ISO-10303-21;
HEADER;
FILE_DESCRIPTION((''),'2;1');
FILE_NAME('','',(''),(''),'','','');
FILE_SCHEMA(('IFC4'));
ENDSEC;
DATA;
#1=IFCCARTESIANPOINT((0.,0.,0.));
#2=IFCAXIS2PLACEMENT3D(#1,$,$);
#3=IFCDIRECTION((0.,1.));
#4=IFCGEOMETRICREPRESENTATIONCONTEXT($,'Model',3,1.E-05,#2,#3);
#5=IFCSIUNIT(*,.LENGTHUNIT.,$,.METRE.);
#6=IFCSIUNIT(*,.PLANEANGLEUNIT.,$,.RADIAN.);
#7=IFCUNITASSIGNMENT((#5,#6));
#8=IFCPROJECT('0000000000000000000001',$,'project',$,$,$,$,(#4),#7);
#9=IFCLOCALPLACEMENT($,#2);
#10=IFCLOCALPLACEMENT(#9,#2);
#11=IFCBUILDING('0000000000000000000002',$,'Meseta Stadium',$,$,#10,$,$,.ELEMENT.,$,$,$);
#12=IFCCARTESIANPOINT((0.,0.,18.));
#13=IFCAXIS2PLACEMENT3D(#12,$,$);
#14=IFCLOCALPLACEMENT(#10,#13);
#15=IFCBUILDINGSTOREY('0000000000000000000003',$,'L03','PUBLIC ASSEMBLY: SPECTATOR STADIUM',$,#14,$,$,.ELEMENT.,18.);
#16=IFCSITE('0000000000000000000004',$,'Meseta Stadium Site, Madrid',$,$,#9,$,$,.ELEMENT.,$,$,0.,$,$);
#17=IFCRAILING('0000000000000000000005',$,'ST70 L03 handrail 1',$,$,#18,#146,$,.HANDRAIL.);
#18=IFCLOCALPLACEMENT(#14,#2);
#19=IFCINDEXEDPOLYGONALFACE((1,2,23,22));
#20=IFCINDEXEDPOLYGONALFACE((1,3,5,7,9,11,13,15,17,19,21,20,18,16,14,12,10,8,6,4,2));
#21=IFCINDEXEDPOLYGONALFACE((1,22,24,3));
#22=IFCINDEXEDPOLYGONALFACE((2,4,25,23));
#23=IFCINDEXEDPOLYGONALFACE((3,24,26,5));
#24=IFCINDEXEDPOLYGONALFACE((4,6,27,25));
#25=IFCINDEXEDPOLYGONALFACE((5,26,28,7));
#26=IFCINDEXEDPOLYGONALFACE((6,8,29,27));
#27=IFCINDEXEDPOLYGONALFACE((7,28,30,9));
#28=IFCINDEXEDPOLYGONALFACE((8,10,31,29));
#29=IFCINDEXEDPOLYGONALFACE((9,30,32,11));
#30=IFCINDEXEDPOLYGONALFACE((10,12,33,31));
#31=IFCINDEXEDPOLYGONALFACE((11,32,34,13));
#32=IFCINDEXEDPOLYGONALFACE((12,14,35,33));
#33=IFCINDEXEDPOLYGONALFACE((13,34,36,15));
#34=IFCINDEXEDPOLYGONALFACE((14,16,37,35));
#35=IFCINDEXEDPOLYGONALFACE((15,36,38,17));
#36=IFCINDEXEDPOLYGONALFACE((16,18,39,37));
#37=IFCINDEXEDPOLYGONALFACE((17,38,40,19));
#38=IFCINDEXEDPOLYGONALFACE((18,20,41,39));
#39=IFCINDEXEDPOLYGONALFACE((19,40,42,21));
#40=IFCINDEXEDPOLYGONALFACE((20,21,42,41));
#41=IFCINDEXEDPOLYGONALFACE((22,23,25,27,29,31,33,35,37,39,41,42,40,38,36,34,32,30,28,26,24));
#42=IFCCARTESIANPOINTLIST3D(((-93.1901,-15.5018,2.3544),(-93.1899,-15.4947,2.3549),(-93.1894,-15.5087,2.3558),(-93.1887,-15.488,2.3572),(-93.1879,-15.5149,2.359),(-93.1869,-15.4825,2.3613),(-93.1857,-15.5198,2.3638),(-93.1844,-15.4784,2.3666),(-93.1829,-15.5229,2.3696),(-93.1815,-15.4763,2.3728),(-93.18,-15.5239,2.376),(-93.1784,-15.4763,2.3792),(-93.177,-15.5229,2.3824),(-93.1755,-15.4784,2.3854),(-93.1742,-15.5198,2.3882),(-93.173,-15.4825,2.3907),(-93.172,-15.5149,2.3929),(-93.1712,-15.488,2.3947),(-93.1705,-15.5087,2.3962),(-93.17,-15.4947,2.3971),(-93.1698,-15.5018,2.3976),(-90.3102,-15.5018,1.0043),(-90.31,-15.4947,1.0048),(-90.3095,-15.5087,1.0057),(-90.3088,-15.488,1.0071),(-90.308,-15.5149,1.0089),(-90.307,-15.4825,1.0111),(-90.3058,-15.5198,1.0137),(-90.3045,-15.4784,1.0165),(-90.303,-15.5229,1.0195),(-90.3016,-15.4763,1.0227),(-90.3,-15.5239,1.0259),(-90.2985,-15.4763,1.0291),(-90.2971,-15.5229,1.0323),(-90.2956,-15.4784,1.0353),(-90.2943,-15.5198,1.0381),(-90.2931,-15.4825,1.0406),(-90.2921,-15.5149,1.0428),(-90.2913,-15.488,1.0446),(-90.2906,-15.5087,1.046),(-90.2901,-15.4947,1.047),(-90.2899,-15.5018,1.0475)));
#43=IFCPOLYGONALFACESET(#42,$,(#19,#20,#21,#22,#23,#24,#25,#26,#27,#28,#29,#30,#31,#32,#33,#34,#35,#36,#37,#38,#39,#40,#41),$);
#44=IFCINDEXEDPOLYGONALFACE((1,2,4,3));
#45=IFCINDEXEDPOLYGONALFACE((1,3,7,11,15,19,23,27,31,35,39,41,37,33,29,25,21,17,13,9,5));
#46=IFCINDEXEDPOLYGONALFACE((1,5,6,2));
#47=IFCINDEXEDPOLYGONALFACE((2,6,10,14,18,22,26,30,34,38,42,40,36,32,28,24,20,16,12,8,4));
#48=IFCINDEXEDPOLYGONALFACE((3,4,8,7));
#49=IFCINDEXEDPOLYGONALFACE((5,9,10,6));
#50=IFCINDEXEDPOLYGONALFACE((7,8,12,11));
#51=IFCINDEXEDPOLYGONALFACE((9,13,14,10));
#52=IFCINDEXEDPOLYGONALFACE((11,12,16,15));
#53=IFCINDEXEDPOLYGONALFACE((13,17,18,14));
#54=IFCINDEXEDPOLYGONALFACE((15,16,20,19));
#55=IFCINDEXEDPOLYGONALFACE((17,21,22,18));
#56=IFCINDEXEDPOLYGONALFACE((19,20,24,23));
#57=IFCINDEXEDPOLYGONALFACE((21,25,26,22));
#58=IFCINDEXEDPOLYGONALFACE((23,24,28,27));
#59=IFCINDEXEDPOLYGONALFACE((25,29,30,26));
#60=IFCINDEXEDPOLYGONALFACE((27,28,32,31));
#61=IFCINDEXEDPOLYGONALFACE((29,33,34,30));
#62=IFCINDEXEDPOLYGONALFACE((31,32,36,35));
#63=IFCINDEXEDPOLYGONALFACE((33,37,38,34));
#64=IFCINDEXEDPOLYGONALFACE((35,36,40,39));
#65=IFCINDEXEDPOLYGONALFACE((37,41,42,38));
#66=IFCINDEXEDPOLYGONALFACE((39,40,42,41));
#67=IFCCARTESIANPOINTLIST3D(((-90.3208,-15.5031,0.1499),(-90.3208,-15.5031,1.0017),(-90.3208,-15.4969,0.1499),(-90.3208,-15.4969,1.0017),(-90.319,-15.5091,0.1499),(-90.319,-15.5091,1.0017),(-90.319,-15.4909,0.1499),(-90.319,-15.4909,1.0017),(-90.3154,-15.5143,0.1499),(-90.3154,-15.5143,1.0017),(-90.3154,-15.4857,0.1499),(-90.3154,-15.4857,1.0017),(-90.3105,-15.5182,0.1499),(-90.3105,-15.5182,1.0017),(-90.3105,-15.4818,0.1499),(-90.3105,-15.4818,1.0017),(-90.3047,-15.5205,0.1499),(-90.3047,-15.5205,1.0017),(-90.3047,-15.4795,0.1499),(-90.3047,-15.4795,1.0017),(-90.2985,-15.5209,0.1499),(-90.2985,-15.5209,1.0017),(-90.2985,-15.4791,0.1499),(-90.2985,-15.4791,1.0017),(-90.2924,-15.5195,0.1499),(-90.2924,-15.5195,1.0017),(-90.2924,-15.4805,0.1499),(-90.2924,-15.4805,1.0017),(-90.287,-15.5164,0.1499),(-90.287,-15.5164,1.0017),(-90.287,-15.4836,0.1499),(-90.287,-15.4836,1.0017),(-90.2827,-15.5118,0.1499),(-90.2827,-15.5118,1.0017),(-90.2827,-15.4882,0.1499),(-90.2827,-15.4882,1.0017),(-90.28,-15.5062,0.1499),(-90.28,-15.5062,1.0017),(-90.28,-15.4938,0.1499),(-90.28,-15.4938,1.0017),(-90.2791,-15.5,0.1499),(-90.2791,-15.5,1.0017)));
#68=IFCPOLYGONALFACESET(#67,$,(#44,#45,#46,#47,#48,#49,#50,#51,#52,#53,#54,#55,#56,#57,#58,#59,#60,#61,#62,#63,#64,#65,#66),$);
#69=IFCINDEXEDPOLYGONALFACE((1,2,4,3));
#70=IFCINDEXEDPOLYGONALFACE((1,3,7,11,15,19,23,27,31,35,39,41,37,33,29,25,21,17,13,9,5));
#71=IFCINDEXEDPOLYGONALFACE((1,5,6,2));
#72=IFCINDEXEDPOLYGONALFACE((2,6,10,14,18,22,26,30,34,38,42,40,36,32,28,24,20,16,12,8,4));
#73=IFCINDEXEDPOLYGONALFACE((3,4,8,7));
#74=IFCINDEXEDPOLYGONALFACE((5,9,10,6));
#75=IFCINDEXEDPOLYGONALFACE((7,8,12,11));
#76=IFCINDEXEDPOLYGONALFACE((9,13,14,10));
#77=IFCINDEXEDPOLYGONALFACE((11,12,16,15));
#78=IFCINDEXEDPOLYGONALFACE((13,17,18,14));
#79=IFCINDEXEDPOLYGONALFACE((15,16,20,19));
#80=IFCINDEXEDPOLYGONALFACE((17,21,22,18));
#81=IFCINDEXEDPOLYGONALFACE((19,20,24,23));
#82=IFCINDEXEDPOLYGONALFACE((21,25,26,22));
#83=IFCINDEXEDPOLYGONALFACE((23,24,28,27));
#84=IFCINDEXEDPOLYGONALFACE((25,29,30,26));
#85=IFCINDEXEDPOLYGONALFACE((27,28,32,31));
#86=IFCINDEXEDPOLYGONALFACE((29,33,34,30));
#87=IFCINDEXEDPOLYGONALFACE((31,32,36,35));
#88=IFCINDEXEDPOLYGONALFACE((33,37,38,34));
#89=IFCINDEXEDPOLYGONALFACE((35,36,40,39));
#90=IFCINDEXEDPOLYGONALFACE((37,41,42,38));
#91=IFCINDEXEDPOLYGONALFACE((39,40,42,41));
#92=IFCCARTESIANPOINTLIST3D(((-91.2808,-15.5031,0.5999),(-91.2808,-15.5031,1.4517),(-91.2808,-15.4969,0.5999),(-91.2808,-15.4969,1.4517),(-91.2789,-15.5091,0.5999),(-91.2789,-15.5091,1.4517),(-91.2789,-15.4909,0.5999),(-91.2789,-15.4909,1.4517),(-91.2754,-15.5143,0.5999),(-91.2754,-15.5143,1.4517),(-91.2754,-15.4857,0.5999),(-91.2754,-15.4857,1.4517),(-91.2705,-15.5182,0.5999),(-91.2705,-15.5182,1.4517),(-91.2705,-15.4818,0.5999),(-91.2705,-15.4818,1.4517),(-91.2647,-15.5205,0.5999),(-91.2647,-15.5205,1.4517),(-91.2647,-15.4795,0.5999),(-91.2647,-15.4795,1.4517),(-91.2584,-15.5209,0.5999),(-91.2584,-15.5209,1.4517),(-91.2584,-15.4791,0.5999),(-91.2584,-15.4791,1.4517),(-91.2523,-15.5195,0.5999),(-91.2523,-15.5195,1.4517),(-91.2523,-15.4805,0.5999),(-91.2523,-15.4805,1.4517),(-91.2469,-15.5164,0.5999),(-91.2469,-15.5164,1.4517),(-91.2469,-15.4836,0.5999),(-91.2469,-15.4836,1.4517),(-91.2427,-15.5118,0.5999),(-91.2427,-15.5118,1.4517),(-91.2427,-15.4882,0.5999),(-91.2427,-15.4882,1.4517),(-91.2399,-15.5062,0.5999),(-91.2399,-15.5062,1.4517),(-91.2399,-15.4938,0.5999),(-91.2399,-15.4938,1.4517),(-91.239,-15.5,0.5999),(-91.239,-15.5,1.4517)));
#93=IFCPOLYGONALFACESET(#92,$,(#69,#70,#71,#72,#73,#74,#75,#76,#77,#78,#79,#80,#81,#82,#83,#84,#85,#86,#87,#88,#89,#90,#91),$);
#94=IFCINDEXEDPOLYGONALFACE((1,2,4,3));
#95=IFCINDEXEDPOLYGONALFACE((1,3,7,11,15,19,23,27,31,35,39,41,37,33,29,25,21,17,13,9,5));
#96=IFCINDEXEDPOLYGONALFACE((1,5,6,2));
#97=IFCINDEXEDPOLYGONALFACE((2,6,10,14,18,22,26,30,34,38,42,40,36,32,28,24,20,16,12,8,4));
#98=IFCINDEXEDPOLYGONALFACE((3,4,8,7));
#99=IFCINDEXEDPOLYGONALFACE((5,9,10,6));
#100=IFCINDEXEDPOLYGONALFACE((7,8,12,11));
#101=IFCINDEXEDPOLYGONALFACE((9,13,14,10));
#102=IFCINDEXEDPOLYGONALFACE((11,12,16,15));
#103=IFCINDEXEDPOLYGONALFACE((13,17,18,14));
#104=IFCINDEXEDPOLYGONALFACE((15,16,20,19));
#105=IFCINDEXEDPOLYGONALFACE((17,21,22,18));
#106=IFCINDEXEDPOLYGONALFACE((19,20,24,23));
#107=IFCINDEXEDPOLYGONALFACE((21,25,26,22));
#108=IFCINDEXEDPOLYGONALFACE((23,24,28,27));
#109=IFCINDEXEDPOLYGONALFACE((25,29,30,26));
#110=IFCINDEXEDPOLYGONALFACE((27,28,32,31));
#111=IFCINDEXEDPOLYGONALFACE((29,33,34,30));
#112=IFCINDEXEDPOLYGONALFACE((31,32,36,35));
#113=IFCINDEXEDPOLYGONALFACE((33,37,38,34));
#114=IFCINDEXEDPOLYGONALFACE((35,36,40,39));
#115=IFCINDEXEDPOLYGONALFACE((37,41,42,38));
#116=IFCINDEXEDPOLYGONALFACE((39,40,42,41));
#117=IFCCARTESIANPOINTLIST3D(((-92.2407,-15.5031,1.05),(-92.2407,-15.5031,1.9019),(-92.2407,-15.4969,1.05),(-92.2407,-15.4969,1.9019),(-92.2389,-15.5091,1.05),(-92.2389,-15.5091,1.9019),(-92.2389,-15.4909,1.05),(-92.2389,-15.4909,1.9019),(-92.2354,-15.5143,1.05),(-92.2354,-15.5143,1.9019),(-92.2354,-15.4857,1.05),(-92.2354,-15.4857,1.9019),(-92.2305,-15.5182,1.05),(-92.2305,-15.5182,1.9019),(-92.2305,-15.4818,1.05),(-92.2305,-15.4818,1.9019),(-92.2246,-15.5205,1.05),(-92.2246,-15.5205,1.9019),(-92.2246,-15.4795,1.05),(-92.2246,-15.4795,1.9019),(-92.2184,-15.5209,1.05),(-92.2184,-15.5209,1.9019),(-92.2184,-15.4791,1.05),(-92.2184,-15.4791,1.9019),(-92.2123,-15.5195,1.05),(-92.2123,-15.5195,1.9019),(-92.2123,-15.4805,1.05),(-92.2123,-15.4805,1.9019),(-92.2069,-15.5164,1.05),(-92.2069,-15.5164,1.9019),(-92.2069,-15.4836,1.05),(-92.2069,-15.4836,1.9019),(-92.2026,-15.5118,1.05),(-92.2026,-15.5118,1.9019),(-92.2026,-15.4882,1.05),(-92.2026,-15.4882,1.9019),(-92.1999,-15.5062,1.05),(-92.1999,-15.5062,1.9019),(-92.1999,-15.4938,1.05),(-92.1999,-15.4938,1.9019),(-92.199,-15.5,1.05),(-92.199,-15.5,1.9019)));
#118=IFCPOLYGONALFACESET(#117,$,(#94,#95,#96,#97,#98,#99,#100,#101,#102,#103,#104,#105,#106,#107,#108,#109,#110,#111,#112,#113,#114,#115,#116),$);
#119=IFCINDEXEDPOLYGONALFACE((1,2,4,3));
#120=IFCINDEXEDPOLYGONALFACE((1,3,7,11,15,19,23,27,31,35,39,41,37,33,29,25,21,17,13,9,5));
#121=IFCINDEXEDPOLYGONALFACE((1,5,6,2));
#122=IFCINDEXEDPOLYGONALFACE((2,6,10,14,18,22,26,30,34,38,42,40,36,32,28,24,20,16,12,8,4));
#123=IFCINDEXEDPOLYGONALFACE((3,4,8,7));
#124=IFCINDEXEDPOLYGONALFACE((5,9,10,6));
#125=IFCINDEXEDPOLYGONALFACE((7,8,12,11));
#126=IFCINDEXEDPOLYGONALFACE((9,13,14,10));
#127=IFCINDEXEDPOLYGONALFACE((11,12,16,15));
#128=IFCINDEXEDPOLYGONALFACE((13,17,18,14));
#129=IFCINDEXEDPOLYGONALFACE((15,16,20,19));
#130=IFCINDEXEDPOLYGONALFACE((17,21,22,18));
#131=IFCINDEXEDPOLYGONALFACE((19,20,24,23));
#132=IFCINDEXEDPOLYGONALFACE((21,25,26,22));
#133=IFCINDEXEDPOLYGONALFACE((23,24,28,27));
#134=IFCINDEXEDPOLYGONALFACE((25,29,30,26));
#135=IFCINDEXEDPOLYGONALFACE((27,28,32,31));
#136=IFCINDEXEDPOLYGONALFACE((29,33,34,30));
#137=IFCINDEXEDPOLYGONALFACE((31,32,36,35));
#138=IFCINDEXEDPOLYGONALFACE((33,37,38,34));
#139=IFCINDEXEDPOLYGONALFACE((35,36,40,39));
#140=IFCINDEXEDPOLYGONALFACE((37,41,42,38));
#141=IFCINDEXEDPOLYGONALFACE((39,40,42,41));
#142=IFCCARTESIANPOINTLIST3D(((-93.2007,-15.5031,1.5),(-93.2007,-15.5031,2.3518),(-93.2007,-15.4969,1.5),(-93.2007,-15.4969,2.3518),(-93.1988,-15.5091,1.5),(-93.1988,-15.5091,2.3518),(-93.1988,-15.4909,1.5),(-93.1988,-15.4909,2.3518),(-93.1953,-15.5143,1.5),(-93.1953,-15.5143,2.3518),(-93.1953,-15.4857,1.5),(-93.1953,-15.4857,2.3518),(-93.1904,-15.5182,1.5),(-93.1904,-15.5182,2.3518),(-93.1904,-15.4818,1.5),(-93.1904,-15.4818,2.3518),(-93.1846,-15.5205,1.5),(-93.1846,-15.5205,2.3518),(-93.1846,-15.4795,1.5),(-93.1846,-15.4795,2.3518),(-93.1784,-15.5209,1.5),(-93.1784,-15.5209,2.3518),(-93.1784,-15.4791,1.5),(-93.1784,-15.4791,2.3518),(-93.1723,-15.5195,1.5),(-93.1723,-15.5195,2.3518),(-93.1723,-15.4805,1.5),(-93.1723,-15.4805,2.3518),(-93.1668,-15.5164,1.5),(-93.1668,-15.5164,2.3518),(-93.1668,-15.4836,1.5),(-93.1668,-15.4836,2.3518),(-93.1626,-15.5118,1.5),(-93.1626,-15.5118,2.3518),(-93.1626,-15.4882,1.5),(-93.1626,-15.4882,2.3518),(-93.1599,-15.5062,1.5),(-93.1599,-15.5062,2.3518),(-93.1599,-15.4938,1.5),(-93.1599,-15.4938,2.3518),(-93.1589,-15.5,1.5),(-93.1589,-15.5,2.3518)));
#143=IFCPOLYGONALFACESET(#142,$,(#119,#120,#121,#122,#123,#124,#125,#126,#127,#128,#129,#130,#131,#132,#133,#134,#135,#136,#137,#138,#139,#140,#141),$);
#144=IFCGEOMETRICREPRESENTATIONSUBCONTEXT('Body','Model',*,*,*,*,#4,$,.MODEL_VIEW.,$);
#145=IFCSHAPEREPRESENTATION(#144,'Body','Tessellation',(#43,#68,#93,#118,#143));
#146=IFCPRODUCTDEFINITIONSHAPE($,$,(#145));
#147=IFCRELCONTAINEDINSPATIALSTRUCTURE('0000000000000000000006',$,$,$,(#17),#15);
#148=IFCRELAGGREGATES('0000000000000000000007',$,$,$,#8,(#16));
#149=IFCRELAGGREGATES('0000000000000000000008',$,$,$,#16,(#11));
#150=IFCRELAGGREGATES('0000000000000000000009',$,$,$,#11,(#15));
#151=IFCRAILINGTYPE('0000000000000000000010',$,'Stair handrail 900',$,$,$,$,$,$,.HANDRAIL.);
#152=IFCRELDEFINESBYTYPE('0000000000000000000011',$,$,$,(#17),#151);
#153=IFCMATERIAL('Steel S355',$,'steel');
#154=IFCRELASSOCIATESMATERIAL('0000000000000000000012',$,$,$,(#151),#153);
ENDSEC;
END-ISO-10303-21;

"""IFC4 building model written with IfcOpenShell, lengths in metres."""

from ifc_helpers import new_model, si_unit, direction, frame, origin, origin_2d, place, context, subcontext, project, spatial, circle, extrude, material, type_object, element, save


model = new_model("IFC4")

# Units and contexts
model_context = context("Model", 3, precision=1e-05, world=origin(), true_north=direction((0.0, 1.0)))
body_context = subcontext(model_context, "Body", "Model", "MODEL_VIEW")
ifc_project = project(units=[si_unit("LENGTHUNIT", "METRE"), si_unit("PLANEANGLEUNIT", "RADIAN")], contexts=[model_context])

# Site, building, storey
site_placement = place(None, origin())
site = spatial("IfcSite", under=ifc_project, at=site_placement, Name="Meseta Stadium Site, Madrid", CompositionType="ELEMENT", RefElevation=0.0)
building_placement = place(site_placement, origin())
building = spatial("IfcBuilding", under=site, at=building_placement, Name="Meseta Stadium", CompositionType="ELEMENT")
storey_placement = place(building_placement, frame((0.0, 0.0, 18.0)))
storey = spatial("IfcBuildingStorey", under=building, at=storey_placement, Name="L03", Description="PUBLIC ASSEMBLY: SPECTATOR STADIUM", CompositionType="ELEMENT", Elevation=18.0)

# Railing
ifc_material_1 = material(Name="Steel S355", Category="steel")
railing_type_1 = type_object("IfcRailingType", Name="Stair handrail 900", PredefinedType="HANDRAIL", material=ifc_material_1)
for number, where, name in (
    (1, (-90.3, -15.5, 0.1499), "ST70 L03 handrail 1"),
):
    element("IfcRailing", number, at=place(storey_placement, frame(where)), inside=storey, type_object=railing_type_1, Name=name, PredefinedType="HANDRAIL", context=body_context, shape_type="SweptSolid", body=[
        extrude(circle(Radius=0.0239, at=origin_2d()), frame((0.0, 0.0, 0.876), z_axis=(-0.90544, 0.0, 0.424473), x_axis=(0.0, -1.0, 0.0)), (0.0, 0.0, 1.0), 3.1807),
        extrude(circle(Radius=0.021, at=origin_2d()), origin(), (0.0, 0.0, 1.0), 0.8518),
        extrude(circle(Radius=0.021, at=origin_2d()), frame((-0.96, 0.0, 0.45)), (0.0, 0.0, 1.0), 0.8518),
        extrude(circle(Radius=0.021, at=origin_2d()), frame((-1.9199, 0.0, 0.9001)), (0.0, 0.0, 1.0), 0.8518),
        extrude(circle(Radius=0.021, at=origin_2d()), frame((-2.8799, 0.0, 1.3501)), (0.0, 0.0, 1.0), 0.8518),
    ])

save(model, "model.ifc")
